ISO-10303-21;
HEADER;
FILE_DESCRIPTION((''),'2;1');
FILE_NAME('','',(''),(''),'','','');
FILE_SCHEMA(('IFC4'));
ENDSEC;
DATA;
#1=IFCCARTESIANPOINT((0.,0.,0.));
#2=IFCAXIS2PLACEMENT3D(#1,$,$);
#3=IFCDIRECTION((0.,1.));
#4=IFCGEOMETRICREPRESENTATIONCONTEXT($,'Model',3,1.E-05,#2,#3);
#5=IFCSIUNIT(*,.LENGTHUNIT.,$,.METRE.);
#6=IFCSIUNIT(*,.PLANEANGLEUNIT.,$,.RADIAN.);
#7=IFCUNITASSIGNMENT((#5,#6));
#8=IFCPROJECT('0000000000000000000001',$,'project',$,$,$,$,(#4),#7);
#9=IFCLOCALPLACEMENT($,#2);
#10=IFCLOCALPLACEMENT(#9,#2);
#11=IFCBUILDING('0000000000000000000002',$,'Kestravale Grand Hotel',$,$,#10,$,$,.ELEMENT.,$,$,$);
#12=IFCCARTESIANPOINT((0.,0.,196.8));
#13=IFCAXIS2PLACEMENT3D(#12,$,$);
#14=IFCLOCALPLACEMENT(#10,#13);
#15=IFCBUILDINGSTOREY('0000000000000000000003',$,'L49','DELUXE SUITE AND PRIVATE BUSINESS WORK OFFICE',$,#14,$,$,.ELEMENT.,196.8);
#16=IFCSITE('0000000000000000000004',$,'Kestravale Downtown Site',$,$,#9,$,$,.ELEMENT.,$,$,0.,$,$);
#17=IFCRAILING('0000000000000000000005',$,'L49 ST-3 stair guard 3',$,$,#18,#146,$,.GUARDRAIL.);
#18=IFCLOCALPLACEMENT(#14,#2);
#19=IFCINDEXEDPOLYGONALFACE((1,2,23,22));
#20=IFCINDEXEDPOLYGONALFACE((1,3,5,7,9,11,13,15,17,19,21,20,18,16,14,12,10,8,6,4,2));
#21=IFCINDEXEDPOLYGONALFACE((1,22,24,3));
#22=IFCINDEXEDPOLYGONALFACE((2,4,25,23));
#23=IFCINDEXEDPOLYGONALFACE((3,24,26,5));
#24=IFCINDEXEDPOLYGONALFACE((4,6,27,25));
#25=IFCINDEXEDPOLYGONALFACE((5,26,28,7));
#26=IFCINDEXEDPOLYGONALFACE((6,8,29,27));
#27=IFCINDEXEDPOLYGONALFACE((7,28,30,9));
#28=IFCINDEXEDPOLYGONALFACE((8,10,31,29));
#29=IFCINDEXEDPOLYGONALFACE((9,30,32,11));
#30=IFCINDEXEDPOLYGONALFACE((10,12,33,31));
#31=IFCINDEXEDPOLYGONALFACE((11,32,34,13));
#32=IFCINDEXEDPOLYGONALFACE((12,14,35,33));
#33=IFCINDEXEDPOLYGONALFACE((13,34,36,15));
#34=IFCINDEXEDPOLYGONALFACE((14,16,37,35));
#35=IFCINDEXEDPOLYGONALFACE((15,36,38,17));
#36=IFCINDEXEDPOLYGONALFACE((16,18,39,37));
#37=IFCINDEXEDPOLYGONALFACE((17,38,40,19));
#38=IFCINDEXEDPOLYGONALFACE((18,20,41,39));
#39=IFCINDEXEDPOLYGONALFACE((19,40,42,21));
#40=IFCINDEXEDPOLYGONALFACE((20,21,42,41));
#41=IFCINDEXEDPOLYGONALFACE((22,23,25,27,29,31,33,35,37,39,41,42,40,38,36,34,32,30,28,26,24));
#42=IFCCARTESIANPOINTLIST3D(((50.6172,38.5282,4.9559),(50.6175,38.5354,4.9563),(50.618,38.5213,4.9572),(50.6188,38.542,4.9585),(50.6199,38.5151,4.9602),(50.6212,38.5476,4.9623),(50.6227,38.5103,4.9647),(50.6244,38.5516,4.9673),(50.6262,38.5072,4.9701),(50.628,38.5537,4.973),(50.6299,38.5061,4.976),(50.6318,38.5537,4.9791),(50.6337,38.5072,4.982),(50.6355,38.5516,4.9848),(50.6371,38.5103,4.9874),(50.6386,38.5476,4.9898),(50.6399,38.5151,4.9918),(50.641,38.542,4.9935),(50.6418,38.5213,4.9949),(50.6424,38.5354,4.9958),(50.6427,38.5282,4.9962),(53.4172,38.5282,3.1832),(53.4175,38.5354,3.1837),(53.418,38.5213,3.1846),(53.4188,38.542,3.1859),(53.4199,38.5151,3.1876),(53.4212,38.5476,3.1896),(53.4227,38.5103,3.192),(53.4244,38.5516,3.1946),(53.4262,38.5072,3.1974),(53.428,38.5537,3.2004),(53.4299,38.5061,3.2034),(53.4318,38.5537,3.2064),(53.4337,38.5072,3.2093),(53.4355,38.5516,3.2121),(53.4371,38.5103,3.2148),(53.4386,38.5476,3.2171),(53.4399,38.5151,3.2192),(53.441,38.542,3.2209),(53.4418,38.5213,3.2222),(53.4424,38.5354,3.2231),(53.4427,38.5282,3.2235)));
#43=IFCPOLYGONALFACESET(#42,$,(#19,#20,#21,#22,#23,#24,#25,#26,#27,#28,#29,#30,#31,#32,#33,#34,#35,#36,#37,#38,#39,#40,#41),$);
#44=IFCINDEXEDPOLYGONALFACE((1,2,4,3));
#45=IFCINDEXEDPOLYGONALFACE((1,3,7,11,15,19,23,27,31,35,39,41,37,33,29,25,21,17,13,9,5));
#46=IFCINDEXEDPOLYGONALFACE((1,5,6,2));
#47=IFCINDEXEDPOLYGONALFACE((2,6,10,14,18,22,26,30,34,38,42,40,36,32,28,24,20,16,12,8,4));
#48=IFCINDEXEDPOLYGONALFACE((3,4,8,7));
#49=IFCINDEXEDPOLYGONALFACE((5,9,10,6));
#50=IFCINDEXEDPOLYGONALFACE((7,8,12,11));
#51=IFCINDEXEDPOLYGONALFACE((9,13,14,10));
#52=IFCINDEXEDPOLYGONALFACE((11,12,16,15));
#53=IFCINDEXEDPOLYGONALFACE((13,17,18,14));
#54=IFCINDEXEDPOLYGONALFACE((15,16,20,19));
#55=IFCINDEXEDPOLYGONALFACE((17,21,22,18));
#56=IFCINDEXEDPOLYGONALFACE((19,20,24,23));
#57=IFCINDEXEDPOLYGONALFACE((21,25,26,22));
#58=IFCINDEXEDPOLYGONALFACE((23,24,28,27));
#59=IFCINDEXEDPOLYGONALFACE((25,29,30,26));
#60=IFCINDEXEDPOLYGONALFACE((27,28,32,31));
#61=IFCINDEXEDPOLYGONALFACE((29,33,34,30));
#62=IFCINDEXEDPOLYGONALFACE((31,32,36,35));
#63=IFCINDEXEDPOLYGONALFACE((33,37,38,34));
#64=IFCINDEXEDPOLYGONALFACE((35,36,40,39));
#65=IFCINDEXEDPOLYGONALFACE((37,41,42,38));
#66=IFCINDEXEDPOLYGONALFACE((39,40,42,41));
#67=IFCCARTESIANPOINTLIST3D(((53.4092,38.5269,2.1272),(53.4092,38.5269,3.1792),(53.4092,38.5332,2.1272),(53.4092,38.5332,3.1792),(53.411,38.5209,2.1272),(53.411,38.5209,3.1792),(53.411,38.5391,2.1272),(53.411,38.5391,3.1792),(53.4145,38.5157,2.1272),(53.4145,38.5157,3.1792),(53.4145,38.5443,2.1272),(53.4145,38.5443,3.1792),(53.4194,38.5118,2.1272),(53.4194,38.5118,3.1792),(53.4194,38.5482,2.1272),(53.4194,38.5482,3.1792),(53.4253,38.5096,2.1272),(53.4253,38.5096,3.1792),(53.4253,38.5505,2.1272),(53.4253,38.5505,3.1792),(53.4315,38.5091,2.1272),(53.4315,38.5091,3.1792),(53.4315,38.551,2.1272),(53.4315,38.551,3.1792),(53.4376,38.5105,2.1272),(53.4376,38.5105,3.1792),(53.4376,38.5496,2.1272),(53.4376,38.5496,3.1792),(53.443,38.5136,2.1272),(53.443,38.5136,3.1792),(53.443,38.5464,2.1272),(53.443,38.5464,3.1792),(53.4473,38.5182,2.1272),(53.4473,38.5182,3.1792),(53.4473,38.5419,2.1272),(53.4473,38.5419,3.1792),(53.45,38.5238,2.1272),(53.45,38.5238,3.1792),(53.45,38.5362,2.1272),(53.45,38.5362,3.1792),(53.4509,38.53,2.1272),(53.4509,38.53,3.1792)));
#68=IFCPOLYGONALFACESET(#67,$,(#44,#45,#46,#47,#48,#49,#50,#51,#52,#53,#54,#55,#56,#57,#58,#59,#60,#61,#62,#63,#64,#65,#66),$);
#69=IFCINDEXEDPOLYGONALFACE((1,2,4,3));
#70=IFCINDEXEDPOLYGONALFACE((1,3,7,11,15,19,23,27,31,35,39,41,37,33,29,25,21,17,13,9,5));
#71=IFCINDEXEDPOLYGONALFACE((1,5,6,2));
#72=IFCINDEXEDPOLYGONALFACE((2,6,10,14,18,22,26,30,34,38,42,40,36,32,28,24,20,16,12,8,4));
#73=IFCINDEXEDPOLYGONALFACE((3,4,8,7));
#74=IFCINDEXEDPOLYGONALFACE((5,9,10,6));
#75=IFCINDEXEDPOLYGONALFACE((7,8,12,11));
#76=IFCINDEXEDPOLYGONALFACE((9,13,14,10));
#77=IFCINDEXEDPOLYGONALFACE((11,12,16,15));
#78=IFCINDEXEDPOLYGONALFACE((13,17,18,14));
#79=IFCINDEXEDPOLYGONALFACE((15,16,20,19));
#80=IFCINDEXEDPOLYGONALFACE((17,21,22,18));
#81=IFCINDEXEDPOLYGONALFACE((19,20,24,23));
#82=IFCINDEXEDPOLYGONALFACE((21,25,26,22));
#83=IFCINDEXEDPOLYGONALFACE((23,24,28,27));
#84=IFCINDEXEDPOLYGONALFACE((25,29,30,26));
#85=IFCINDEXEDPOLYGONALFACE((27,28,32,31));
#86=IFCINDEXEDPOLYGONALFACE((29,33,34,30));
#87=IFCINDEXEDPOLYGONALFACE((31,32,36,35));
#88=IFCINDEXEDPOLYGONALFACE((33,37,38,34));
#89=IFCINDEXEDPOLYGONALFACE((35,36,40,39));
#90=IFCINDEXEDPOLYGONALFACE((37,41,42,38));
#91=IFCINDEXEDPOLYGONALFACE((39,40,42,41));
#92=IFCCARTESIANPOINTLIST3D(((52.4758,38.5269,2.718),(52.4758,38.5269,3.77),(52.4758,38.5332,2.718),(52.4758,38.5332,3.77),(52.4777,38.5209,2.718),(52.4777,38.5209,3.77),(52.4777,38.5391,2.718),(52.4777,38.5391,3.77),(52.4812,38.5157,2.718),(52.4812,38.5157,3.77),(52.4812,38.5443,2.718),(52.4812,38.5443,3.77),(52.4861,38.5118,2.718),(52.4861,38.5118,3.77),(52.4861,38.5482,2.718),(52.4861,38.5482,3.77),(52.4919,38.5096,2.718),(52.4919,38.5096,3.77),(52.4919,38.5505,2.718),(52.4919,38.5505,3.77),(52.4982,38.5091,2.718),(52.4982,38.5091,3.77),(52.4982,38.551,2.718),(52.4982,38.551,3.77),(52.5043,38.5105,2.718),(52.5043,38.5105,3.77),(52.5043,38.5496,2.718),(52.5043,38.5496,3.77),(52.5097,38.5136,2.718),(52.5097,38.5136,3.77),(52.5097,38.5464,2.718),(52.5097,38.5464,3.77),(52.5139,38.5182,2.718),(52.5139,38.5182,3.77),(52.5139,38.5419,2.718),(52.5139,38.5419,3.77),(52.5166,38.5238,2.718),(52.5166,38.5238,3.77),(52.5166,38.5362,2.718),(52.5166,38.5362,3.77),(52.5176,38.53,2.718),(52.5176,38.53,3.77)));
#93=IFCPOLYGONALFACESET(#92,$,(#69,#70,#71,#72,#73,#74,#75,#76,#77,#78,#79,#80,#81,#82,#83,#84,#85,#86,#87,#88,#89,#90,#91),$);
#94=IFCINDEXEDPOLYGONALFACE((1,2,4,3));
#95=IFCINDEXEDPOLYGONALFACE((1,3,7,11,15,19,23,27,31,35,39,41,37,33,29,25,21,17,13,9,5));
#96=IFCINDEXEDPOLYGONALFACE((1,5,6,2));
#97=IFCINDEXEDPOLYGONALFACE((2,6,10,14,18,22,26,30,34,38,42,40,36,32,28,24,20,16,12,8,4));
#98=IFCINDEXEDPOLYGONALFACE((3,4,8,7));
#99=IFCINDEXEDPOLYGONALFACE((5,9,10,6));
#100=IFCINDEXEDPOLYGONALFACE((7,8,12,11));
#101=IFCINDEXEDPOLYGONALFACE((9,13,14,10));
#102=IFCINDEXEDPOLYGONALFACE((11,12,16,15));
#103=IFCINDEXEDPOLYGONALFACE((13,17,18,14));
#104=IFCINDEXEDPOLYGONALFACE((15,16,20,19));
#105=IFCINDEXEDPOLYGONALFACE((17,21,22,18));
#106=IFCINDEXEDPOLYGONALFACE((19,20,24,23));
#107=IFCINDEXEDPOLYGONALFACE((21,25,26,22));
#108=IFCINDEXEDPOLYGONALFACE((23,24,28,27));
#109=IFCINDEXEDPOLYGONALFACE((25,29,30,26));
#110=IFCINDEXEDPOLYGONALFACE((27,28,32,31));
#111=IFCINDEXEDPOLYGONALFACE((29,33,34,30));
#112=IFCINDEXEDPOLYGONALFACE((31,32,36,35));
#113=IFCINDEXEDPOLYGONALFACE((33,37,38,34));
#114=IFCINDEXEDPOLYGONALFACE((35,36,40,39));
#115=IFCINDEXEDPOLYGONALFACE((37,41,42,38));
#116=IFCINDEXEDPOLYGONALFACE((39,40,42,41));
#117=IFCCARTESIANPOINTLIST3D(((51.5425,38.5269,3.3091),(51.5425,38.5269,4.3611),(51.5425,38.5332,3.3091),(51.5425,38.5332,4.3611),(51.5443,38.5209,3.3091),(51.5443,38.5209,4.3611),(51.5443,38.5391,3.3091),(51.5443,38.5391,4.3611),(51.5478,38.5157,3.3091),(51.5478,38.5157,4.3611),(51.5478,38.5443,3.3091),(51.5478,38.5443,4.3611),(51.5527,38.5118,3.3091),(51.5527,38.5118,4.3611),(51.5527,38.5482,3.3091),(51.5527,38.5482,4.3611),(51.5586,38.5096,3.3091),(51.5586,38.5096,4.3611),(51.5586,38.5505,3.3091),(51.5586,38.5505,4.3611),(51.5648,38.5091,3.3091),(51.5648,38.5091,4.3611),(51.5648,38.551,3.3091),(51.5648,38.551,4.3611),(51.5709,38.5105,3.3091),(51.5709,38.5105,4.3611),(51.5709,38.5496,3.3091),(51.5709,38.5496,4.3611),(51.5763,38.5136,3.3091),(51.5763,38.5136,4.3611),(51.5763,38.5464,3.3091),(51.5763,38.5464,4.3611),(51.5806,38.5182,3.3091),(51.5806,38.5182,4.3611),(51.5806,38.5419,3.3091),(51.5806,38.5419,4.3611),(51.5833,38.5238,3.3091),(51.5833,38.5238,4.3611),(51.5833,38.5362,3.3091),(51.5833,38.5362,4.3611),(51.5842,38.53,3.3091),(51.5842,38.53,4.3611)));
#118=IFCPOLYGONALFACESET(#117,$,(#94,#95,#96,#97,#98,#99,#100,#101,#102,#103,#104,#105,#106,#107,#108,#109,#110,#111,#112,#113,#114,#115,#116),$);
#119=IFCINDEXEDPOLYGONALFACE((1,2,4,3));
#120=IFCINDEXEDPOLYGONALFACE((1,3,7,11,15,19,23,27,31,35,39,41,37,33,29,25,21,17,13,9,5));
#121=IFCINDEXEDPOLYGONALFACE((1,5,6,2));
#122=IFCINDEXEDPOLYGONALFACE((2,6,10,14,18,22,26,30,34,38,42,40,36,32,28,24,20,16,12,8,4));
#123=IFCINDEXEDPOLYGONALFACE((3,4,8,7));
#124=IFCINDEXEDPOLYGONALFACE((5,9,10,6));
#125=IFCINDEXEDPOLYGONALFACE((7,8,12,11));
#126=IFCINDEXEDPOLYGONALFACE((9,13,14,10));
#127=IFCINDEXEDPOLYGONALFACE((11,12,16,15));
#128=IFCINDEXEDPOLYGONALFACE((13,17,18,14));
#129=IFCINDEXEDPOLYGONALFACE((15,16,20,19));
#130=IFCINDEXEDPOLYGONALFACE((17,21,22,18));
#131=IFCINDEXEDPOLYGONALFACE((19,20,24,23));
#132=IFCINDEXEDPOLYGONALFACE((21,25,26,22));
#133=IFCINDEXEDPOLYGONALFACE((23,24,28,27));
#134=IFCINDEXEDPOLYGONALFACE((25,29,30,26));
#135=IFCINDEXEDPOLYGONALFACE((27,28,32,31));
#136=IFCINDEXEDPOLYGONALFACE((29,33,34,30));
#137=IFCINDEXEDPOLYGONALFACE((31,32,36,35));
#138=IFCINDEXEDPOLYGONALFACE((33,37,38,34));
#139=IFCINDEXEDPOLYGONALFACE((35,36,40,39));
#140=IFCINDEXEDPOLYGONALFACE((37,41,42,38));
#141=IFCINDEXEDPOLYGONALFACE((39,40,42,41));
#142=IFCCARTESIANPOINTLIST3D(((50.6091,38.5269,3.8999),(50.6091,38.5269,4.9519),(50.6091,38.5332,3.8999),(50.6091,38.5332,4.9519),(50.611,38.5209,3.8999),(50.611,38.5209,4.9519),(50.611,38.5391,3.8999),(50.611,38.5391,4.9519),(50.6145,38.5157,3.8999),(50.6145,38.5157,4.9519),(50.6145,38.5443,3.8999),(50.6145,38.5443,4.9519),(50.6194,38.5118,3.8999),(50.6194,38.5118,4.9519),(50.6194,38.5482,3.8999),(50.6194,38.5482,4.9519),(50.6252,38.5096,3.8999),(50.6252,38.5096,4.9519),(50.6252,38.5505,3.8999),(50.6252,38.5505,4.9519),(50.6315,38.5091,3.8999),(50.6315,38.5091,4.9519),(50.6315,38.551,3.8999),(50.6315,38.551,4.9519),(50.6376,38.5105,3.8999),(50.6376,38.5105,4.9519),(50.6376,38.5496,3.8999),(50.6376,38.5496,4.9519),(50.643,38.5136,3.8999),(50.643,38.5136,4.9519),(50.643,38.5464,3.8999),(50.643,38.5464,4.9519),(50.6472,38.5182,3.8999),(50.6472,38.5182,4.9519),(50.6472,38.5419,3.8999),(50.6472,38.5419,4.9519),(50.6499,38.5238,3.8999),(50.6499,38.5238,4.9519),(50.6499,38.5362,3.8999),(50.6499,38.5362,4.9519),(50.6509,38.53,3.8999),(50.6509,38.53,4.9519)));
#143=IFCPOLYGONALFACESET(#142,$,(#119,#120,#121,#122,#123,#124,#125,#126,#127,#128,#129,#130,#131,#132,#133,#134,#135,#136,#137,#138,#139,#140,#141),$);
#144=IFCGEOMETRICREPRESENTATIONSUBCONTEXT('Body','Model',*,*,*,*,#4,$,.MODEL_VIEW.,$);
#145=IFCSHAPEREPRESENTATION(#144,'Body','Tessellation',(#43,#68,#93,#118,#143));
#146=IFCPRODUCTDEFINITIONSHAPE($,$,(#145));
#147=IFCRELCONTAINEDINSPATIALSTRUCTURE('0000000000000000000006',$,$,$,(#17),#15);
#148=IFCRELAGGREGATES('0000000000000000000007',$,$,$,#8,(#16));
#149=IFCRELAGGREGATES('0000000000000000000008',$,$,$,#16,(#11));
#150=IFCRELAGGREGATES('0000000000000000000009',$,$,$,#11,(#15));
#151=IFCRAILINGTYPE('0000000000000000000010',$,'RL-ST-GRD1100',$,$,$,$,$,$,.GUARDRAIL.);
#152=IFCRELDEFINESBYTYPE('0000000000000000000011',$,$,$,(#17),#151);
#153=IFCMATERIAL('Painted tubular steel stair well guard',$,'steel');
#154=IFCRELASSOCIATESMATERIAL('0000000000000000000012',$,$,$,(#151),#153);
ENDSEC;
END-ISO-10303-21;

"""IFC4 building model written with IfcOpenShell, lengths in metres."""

from ifc_helpers import new_model, si_unit, direction, frame, origin, origin_2d, place, context, subcontext, project, spatial, circle, extrude, material, type_object, element, save


model = new_model("IFC4")

# Units and contexts
model_context = context("Model", 3, precision=1e-05, world=origin(), true_north=direction((0.0, 1.0)))
body_context = subcontext(model_context, "Body", "Model", "MODEL_VIEW")
ifc_project = project(units=[si_unit("LENGTHUNIT", "METRE"), si_unit("PLANEANGLEUNIT", "RADIAN")], contexts=[model_context])

# Site, building, storey
site_placement = place(None, origin())
site = spatial("IfcSite", under=ifc_project, at=site_placement, Name="Kestravale Downtown Site", CompositionType="ELEMENT", RefElevation=0.0)
building_placement = place(site_placement, origin())
building = spatial("IfcBuilding", under=site, at=building_placement, Name="Kestravale Grand Hotel", CompositionType="ELEMENT")
storey_placement = place(building_placement, frame((0.0, 0.0, 196.8)))
storey = spatial("IfcBuildingStorey", under=building, at=storey_placement, Name="L49", Description="DELUXE SUITE AND PRIVATE BUSINESS WORK OFFICE", CompositionType="ELEMENT", Elevation=196.8)

# Railing
ifc_material_1 = material(Name="Painted tubular steel stair well guard", Category="steel")
railing_type_1 = type_object("IfcRailingType", Name="RL-ST-GRD1100", PredefinedType="GUARDRAIL", material=ifc_material_1)
railing_1_placement = place(storey_placement, frame((53.4299, 38.53, 2.1272)))
element("IfcRailing", 1, at=railing_1_placement, inside=storey, type_object=railing_type_1, Name="L49 ST-3 stair guard 3", PredefinedType="GUARDRAIL", context=body_context, shape_type="SweptSolid", body=[
    extrude(circle(Radius=0.0239, at=origin_2d()), frame((0.0, 0.0, 1.0762), z_axis=(-0.844909, 0.0, 0.53491), x_axis=(0.0, -1.0, 0.0)), (0.0, 0.0, 1.0), 3.314),
    extrude(circle(Radius=0.021, at=origin_2d()), origin(), (0.0, 0.0, 1.0), 1.052),
    extrude(circle(Radius=0.021, at=origin_2d()), frame((-0.9333, 0.0, 0.5908)), (0.0, 0.0, 1.0), 1.052),
    extrude(circle(Radius=0.021, at=origin_2d()), frame((-1.8667, 0.0, 1.1819)), (0.0, 0.0, 1.0), 1.052),
    extrude(circle(Radius=0.021, at=origin_2d()), frame((-2.8, 0.0, 1.7727)), (0.0, 0.0, 1.0), 1.052),
])

save(model, "model.ifc")
